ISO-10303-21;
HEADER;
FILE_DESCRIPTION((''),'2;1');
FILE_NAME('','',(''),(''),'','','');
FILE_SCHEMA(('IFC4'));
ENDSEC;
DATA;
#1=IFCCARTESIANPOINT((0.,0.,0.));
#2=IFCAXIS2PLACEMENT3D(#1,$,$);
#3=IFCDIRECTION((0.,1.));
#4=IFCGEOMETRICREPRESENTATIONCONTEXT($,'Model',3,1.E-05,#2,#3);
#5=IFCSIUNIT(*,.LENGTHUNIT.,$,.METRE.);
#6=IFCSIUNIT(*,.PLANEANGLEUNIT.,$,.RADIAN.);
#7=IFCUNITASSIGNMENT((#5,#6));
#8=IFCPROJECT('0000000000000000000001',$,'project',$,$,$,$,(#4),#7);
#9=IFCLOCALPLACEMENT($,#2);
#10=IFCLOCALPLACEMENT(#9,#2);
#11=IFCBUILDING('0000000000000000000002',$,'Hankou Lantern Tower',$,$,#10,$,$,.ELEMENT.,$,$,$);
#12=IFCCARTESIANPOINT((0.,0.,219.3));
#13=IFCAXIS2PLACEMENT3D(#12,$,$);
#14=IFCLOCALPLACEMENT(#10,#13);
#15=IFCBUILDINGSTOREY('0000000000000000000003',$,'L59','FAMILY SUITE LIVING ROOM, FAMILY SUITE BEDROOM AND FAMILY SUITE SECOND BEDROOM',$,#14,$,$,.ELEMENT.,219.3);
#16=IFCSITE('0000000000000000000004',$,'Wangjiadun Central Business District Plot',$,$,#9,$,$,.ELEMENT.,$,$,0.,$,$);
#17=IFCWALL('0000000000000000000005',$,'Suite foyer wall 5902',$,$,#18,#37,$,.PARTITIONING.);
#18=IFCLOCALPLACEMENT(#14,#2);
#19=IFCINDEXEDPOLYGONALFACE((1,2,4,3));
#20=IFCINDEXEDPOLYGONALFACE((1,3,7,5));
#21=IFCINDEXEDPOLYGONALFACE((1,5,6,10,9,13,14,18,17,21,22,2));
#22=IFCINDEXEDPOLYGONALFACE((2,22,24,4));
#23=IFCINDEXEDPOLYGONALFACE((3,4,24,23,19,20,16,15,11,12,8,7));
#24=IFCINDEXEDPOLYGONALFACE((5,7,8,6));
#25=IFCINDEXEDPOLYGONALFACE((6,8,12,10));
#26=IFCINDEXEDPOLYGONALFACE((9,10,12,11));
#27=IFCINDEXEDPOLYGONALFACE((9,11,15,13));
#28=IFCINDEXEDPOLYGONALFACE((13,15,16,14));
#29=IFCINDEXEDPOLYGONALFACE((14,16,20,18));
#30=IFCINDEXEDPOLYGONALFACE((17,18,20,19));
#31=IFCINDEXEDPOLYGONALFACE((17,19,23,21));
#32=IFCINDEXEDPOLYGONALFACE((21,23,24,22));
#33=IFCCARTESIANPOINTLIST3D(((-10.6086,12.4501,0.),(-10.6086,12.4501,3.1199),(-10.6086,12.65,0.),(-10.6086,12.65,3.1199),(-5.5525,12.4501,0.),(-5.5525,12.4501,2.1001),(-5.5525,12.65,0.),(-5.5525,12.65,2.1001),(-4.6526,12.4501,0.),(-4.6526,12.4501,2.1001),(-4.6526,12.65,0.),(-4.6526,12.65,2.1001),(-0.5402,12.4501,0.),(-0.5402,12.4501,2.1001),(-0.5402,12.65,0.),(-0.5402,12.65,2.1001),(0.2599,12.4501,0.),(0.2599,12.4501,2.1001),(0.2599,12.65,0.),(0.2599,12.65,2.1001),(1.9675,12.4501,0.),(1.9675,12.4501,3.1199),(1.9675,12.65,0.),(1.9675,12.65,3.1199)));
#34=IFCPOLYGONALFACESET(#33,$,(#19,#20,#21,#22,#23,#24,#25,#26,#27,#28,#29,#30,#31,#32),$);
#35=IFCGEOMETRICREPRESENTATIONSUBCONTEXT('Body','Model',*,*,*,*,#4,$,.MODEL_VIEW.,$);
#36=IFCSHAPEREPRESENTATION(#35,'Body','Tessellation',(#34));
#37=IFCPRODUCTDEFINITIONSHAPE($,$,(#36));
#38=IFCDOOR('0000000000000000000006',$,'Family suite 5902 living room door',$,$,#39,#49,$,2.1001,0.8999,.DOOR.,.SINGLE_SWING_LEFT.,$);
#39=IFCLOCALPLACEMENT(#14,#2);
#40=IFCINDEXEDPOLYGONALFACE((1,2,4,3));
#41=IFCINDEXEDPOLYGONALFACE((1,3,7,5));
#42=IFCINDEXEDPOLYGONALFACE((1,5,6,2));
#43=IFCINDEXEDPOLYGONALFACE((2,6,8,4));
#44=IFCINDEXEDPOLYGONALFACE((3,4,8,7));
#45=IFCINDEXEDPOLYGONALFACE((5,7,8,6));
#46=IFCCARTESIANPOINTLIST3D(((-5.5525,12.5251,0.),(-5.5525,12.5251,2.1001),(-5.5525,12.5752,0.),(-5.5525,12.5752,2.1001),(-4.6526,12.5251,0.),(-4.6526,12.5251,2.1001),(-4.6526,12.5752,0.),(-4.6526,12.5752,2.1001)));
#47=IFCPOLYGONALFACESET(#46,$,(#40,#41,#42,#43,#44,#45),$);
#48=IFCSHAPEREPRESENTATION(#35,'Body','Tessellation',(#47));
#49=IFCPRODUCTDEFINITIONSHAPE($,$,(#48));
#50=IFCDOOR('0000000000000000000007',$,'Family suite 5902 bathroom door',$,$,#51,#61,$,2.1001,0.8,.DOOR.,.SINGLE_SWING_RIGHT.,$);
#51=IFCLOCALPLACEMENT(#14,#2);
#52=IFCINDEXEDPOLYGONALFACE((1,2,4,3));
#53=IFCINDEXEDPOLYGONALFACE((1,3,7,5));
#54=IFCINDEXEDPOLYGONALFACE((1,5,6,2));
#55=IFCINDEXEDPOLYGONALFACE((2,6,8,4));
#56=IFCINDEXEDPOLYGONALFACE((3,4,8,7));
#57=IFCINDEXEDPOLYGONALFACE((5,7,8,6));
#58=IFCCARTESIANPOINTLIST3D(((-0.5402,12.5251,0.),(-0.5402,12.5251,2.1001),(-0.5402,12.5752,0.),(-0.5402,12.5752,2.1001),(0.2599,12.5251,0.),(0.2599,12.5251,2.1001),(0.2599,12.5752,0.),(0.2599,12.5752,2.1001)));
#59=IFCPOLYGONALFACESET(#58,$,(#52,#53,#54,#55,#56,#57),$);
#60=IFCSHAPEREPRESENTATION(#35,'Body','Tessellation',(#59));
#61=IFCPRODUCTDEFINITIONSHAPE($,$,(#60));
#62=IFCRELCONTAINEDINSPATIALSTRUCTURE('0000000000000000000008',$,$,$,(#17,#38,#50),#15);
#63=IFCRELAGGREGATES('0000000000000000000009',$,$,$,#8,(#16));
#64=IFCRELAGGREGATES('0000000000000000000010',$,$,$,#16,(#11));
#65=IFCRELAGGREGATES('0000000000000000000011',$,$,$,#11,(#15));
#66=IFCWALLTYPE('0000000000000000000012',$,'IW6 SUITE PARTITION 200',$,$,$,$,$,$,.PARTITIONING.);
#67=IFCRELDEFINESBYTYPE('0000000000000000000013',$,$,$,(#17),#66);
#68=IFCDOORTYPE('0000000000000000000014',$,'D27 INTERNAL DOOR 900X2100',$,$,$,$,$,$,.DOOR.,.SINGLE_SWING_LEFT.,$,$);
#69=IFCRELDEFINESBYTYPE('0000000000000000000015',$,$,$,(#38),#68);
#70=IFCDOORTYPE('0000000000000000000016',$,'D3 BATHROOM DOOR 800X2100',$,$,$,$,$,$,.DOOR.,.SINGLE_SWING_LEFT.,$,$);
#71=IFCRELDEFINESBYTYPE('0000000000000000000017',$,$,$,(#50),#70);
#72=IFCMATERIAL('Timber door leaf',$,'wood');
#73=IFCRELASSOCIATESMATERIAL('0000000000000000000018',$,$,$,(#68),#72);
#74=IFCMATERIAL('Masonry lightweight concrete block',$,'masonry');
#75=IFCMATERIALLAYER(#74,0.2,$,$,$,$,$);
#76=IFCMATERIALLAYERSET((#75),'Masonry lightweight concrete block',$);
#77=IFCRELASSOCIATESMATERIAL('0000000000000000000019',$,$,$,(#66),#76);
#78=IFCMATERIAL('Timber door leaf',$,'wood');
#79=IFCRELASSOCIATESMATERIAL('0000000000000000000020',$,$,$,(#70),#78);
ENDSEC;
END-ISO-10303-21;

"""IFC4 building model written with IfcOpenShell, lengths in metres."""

from ifc_helpers import new_model, si_unit, direction, frame, frame_2d, origin, place, context, subcontext, project, spatial, rectangle, extrude, material, layer, layer_set, type_object, element, fill, save


model = new_model("IFC4")

# Units and contexts
model_context = context("Model", 3, precision=1e-05, world=origin(), true_north=direction((0.0, 1.0)))
body_context = subcontext(model_context, "Body", "Model", "MODEL_VIEW")
ifc_project = project(units=[si_unit("LENGTHUNIT", "METRE"), si_unit("PLANEANGLEUNIT", "RADIAN")], contexts=[model_context])

# Site, building, storey
site_placement = place(None, origin())
site = spatial("IfcSite", under=ifc_project, at=site_placement, Name="Wangjiadun Central Business District Plot", CompositionType="ELEMENT", RefElevation=0.0)
building_placement = place(site_placement, origin())
building = spatial("IfcBuilding", under=site, at=building_placement, Name="Hankou Lantern Tower", CompositionType="ELEMENT")
storey_placement = place(building_placement, frame((0.0, 0.0, 219.3)))
storey = spatial("IfcBuildingStorey", under=building, at=storey_placement, Name="L59", Description="FAMILY SUITE LIVING ROOM, FAMILY SUITE BEDROOM AND FAMILY SUITE SECOND BEDROOM", CompositionType="ELEMENT", Elevation=219.3)

# Shared definitions
ifc_material_1 = material(Name="Timber door leaf", Category="wood")
door_type_1 = type_object("IfcDoorType", Name="D27 INTERNAL DOOR 900X2100", OperationType="SINGLE_SWING_LEFT", PredefinedType="DOOR", material=ifc_material_1)
ifc_material_2 = material(Name="Masonry lightweight concrete block", Category="masonry")
ifc_layer_1 = layer(ifc_material_2, 0.2)
ifc_layer_set_1 = layer_set([ifc_layer_1], Name="Masonry lightweight concrete block")
wall_type_1 = type_object("IfcWallType", Name="IW6 SUITE PARTITION 200", PredefinedType="PARTITIONING", material=ifc_layer_set_1)

# Wall, openings, doors
wall_1_placement = place(storey_placement, frame((1.9675, 12.55, 0.0), z_axis=(0.0, 0.0, 1.0), x_axis=(-1.0, 0.0, 0.0)))
wall_1 = element("IfcWall", 1, at=wall_1_placement, inside=storey, type_object=wall_type_1, Name="Suite foyer wall 5902", PredefinedType="PARTITIONING", context=body_context, shape_type="SweptSolid", body=[
    extrude(rectangle(XDim=12.5762, YDim=0.2, at=frame_2d((6.2881, 0.0))), origin(), (0.0, 0.0, 1.0), 3.1199),
])
opening_1_placement = place(wall_1_placement, frame((1.7078, 0.0, 0.0)))
opening_1 = element("IfcOpeningElement", 2, at=opening_1_placement, cuts=wall_1, PredefinedType="OPENING", context=body_context, shape_type="SweptSolid", body=[
    extrude(rectangle(XDim=0.8, YDim=2.1001, at=frame_2d((0.3999, 1.05))), frame((0.0, 0.1099, 0.0), z_axis=(0.0, -1.0, 0.0), x_axis=(1.0, 0.0, 0.0)), (0.0, 0.0, 1.0), 0.22),
])
opening_2_placement = place(wall_1_placement, frame((6.6201, 0.0, 0.0)))
opening_2 = element("IfcOpeningElement", 3, at=opening_2_placement, cuts=wall_1, PredefinedType="OPENING", context=body_context, shape_type="SweptSolid", body=[
    extrude(rectangle(XDim=0.8999, YDim=2.1001, at=frame_2d((0.45, 1.05))), frame((0.0, 0.1099, 0.0), z_axis=(0.0, -1.0, 0.0), x_axis=(1.0, 0.0, 0.0)), (0.0, 0.0, 1.0), 0.22),
])
door_1_placement = place(opening_2_placement, origin())
door_1 = element("IfcDoor", 4, at=door_1_placement, inside=storey, type_object=door_type_1, Name="Family suite 5902 living room door", OperationType="SINGLE_SWING_LEFT", OverallHeight=2.1001, OverallWidth=0.8999, PredefinedType="DOOR", context=body_context, shape_type="SweptSolid", body=[
    extrude(rectangle(XDim=0.8999, YDim=2.1001, at=frame_2d((0.45, 1.05))), frame((0.0, 0.0249, 0.0), z_axis=(0.0, -1.0, 0.0), x_axis=(1.0, 0.0, 0.0)), (0.0, 0.0, 1.0), 0.05),
])
fill(opening_2, door_1)
ifc_material_3 = material(Name="Timber door leaf", Category="wood")
door_type_2 = type_object("IfcDoorType", Name="D3 BATHROOM DOOR 800X2100", OperationType="SINGLE_SWING_LEFT", PredefinedType="DOOR", material=ifc_material_3)
door_2_placement = place(opening_1_placement, origin())
door_2 = element("IfcDoor", 5, at=door_2_placement, inside=storey, type_object=door_type_2, Name="Family suite 5902 bathroom door", OperationType="SINGLE_SWING_RIGHT", OverallHeight=2.1001, OverallWidth=0.8, PredefinedType="DOOR", context=body_context, shape_type="SweptSolid", body=[
    extrude(rectangle(XDim=0.8, YDim=2.1001, at=frame_2d((0.3999, 1.05))), frame((0.0, 0.0249, 0.0), z_axis=(0.0, -1.0, 0.0), x_axis=(1.0, 0.0, 0.0)), (0.0, 0.0, 1.0), 0.05),
])
fill(opening_1, door_2)

save(model, "model.ifc")
